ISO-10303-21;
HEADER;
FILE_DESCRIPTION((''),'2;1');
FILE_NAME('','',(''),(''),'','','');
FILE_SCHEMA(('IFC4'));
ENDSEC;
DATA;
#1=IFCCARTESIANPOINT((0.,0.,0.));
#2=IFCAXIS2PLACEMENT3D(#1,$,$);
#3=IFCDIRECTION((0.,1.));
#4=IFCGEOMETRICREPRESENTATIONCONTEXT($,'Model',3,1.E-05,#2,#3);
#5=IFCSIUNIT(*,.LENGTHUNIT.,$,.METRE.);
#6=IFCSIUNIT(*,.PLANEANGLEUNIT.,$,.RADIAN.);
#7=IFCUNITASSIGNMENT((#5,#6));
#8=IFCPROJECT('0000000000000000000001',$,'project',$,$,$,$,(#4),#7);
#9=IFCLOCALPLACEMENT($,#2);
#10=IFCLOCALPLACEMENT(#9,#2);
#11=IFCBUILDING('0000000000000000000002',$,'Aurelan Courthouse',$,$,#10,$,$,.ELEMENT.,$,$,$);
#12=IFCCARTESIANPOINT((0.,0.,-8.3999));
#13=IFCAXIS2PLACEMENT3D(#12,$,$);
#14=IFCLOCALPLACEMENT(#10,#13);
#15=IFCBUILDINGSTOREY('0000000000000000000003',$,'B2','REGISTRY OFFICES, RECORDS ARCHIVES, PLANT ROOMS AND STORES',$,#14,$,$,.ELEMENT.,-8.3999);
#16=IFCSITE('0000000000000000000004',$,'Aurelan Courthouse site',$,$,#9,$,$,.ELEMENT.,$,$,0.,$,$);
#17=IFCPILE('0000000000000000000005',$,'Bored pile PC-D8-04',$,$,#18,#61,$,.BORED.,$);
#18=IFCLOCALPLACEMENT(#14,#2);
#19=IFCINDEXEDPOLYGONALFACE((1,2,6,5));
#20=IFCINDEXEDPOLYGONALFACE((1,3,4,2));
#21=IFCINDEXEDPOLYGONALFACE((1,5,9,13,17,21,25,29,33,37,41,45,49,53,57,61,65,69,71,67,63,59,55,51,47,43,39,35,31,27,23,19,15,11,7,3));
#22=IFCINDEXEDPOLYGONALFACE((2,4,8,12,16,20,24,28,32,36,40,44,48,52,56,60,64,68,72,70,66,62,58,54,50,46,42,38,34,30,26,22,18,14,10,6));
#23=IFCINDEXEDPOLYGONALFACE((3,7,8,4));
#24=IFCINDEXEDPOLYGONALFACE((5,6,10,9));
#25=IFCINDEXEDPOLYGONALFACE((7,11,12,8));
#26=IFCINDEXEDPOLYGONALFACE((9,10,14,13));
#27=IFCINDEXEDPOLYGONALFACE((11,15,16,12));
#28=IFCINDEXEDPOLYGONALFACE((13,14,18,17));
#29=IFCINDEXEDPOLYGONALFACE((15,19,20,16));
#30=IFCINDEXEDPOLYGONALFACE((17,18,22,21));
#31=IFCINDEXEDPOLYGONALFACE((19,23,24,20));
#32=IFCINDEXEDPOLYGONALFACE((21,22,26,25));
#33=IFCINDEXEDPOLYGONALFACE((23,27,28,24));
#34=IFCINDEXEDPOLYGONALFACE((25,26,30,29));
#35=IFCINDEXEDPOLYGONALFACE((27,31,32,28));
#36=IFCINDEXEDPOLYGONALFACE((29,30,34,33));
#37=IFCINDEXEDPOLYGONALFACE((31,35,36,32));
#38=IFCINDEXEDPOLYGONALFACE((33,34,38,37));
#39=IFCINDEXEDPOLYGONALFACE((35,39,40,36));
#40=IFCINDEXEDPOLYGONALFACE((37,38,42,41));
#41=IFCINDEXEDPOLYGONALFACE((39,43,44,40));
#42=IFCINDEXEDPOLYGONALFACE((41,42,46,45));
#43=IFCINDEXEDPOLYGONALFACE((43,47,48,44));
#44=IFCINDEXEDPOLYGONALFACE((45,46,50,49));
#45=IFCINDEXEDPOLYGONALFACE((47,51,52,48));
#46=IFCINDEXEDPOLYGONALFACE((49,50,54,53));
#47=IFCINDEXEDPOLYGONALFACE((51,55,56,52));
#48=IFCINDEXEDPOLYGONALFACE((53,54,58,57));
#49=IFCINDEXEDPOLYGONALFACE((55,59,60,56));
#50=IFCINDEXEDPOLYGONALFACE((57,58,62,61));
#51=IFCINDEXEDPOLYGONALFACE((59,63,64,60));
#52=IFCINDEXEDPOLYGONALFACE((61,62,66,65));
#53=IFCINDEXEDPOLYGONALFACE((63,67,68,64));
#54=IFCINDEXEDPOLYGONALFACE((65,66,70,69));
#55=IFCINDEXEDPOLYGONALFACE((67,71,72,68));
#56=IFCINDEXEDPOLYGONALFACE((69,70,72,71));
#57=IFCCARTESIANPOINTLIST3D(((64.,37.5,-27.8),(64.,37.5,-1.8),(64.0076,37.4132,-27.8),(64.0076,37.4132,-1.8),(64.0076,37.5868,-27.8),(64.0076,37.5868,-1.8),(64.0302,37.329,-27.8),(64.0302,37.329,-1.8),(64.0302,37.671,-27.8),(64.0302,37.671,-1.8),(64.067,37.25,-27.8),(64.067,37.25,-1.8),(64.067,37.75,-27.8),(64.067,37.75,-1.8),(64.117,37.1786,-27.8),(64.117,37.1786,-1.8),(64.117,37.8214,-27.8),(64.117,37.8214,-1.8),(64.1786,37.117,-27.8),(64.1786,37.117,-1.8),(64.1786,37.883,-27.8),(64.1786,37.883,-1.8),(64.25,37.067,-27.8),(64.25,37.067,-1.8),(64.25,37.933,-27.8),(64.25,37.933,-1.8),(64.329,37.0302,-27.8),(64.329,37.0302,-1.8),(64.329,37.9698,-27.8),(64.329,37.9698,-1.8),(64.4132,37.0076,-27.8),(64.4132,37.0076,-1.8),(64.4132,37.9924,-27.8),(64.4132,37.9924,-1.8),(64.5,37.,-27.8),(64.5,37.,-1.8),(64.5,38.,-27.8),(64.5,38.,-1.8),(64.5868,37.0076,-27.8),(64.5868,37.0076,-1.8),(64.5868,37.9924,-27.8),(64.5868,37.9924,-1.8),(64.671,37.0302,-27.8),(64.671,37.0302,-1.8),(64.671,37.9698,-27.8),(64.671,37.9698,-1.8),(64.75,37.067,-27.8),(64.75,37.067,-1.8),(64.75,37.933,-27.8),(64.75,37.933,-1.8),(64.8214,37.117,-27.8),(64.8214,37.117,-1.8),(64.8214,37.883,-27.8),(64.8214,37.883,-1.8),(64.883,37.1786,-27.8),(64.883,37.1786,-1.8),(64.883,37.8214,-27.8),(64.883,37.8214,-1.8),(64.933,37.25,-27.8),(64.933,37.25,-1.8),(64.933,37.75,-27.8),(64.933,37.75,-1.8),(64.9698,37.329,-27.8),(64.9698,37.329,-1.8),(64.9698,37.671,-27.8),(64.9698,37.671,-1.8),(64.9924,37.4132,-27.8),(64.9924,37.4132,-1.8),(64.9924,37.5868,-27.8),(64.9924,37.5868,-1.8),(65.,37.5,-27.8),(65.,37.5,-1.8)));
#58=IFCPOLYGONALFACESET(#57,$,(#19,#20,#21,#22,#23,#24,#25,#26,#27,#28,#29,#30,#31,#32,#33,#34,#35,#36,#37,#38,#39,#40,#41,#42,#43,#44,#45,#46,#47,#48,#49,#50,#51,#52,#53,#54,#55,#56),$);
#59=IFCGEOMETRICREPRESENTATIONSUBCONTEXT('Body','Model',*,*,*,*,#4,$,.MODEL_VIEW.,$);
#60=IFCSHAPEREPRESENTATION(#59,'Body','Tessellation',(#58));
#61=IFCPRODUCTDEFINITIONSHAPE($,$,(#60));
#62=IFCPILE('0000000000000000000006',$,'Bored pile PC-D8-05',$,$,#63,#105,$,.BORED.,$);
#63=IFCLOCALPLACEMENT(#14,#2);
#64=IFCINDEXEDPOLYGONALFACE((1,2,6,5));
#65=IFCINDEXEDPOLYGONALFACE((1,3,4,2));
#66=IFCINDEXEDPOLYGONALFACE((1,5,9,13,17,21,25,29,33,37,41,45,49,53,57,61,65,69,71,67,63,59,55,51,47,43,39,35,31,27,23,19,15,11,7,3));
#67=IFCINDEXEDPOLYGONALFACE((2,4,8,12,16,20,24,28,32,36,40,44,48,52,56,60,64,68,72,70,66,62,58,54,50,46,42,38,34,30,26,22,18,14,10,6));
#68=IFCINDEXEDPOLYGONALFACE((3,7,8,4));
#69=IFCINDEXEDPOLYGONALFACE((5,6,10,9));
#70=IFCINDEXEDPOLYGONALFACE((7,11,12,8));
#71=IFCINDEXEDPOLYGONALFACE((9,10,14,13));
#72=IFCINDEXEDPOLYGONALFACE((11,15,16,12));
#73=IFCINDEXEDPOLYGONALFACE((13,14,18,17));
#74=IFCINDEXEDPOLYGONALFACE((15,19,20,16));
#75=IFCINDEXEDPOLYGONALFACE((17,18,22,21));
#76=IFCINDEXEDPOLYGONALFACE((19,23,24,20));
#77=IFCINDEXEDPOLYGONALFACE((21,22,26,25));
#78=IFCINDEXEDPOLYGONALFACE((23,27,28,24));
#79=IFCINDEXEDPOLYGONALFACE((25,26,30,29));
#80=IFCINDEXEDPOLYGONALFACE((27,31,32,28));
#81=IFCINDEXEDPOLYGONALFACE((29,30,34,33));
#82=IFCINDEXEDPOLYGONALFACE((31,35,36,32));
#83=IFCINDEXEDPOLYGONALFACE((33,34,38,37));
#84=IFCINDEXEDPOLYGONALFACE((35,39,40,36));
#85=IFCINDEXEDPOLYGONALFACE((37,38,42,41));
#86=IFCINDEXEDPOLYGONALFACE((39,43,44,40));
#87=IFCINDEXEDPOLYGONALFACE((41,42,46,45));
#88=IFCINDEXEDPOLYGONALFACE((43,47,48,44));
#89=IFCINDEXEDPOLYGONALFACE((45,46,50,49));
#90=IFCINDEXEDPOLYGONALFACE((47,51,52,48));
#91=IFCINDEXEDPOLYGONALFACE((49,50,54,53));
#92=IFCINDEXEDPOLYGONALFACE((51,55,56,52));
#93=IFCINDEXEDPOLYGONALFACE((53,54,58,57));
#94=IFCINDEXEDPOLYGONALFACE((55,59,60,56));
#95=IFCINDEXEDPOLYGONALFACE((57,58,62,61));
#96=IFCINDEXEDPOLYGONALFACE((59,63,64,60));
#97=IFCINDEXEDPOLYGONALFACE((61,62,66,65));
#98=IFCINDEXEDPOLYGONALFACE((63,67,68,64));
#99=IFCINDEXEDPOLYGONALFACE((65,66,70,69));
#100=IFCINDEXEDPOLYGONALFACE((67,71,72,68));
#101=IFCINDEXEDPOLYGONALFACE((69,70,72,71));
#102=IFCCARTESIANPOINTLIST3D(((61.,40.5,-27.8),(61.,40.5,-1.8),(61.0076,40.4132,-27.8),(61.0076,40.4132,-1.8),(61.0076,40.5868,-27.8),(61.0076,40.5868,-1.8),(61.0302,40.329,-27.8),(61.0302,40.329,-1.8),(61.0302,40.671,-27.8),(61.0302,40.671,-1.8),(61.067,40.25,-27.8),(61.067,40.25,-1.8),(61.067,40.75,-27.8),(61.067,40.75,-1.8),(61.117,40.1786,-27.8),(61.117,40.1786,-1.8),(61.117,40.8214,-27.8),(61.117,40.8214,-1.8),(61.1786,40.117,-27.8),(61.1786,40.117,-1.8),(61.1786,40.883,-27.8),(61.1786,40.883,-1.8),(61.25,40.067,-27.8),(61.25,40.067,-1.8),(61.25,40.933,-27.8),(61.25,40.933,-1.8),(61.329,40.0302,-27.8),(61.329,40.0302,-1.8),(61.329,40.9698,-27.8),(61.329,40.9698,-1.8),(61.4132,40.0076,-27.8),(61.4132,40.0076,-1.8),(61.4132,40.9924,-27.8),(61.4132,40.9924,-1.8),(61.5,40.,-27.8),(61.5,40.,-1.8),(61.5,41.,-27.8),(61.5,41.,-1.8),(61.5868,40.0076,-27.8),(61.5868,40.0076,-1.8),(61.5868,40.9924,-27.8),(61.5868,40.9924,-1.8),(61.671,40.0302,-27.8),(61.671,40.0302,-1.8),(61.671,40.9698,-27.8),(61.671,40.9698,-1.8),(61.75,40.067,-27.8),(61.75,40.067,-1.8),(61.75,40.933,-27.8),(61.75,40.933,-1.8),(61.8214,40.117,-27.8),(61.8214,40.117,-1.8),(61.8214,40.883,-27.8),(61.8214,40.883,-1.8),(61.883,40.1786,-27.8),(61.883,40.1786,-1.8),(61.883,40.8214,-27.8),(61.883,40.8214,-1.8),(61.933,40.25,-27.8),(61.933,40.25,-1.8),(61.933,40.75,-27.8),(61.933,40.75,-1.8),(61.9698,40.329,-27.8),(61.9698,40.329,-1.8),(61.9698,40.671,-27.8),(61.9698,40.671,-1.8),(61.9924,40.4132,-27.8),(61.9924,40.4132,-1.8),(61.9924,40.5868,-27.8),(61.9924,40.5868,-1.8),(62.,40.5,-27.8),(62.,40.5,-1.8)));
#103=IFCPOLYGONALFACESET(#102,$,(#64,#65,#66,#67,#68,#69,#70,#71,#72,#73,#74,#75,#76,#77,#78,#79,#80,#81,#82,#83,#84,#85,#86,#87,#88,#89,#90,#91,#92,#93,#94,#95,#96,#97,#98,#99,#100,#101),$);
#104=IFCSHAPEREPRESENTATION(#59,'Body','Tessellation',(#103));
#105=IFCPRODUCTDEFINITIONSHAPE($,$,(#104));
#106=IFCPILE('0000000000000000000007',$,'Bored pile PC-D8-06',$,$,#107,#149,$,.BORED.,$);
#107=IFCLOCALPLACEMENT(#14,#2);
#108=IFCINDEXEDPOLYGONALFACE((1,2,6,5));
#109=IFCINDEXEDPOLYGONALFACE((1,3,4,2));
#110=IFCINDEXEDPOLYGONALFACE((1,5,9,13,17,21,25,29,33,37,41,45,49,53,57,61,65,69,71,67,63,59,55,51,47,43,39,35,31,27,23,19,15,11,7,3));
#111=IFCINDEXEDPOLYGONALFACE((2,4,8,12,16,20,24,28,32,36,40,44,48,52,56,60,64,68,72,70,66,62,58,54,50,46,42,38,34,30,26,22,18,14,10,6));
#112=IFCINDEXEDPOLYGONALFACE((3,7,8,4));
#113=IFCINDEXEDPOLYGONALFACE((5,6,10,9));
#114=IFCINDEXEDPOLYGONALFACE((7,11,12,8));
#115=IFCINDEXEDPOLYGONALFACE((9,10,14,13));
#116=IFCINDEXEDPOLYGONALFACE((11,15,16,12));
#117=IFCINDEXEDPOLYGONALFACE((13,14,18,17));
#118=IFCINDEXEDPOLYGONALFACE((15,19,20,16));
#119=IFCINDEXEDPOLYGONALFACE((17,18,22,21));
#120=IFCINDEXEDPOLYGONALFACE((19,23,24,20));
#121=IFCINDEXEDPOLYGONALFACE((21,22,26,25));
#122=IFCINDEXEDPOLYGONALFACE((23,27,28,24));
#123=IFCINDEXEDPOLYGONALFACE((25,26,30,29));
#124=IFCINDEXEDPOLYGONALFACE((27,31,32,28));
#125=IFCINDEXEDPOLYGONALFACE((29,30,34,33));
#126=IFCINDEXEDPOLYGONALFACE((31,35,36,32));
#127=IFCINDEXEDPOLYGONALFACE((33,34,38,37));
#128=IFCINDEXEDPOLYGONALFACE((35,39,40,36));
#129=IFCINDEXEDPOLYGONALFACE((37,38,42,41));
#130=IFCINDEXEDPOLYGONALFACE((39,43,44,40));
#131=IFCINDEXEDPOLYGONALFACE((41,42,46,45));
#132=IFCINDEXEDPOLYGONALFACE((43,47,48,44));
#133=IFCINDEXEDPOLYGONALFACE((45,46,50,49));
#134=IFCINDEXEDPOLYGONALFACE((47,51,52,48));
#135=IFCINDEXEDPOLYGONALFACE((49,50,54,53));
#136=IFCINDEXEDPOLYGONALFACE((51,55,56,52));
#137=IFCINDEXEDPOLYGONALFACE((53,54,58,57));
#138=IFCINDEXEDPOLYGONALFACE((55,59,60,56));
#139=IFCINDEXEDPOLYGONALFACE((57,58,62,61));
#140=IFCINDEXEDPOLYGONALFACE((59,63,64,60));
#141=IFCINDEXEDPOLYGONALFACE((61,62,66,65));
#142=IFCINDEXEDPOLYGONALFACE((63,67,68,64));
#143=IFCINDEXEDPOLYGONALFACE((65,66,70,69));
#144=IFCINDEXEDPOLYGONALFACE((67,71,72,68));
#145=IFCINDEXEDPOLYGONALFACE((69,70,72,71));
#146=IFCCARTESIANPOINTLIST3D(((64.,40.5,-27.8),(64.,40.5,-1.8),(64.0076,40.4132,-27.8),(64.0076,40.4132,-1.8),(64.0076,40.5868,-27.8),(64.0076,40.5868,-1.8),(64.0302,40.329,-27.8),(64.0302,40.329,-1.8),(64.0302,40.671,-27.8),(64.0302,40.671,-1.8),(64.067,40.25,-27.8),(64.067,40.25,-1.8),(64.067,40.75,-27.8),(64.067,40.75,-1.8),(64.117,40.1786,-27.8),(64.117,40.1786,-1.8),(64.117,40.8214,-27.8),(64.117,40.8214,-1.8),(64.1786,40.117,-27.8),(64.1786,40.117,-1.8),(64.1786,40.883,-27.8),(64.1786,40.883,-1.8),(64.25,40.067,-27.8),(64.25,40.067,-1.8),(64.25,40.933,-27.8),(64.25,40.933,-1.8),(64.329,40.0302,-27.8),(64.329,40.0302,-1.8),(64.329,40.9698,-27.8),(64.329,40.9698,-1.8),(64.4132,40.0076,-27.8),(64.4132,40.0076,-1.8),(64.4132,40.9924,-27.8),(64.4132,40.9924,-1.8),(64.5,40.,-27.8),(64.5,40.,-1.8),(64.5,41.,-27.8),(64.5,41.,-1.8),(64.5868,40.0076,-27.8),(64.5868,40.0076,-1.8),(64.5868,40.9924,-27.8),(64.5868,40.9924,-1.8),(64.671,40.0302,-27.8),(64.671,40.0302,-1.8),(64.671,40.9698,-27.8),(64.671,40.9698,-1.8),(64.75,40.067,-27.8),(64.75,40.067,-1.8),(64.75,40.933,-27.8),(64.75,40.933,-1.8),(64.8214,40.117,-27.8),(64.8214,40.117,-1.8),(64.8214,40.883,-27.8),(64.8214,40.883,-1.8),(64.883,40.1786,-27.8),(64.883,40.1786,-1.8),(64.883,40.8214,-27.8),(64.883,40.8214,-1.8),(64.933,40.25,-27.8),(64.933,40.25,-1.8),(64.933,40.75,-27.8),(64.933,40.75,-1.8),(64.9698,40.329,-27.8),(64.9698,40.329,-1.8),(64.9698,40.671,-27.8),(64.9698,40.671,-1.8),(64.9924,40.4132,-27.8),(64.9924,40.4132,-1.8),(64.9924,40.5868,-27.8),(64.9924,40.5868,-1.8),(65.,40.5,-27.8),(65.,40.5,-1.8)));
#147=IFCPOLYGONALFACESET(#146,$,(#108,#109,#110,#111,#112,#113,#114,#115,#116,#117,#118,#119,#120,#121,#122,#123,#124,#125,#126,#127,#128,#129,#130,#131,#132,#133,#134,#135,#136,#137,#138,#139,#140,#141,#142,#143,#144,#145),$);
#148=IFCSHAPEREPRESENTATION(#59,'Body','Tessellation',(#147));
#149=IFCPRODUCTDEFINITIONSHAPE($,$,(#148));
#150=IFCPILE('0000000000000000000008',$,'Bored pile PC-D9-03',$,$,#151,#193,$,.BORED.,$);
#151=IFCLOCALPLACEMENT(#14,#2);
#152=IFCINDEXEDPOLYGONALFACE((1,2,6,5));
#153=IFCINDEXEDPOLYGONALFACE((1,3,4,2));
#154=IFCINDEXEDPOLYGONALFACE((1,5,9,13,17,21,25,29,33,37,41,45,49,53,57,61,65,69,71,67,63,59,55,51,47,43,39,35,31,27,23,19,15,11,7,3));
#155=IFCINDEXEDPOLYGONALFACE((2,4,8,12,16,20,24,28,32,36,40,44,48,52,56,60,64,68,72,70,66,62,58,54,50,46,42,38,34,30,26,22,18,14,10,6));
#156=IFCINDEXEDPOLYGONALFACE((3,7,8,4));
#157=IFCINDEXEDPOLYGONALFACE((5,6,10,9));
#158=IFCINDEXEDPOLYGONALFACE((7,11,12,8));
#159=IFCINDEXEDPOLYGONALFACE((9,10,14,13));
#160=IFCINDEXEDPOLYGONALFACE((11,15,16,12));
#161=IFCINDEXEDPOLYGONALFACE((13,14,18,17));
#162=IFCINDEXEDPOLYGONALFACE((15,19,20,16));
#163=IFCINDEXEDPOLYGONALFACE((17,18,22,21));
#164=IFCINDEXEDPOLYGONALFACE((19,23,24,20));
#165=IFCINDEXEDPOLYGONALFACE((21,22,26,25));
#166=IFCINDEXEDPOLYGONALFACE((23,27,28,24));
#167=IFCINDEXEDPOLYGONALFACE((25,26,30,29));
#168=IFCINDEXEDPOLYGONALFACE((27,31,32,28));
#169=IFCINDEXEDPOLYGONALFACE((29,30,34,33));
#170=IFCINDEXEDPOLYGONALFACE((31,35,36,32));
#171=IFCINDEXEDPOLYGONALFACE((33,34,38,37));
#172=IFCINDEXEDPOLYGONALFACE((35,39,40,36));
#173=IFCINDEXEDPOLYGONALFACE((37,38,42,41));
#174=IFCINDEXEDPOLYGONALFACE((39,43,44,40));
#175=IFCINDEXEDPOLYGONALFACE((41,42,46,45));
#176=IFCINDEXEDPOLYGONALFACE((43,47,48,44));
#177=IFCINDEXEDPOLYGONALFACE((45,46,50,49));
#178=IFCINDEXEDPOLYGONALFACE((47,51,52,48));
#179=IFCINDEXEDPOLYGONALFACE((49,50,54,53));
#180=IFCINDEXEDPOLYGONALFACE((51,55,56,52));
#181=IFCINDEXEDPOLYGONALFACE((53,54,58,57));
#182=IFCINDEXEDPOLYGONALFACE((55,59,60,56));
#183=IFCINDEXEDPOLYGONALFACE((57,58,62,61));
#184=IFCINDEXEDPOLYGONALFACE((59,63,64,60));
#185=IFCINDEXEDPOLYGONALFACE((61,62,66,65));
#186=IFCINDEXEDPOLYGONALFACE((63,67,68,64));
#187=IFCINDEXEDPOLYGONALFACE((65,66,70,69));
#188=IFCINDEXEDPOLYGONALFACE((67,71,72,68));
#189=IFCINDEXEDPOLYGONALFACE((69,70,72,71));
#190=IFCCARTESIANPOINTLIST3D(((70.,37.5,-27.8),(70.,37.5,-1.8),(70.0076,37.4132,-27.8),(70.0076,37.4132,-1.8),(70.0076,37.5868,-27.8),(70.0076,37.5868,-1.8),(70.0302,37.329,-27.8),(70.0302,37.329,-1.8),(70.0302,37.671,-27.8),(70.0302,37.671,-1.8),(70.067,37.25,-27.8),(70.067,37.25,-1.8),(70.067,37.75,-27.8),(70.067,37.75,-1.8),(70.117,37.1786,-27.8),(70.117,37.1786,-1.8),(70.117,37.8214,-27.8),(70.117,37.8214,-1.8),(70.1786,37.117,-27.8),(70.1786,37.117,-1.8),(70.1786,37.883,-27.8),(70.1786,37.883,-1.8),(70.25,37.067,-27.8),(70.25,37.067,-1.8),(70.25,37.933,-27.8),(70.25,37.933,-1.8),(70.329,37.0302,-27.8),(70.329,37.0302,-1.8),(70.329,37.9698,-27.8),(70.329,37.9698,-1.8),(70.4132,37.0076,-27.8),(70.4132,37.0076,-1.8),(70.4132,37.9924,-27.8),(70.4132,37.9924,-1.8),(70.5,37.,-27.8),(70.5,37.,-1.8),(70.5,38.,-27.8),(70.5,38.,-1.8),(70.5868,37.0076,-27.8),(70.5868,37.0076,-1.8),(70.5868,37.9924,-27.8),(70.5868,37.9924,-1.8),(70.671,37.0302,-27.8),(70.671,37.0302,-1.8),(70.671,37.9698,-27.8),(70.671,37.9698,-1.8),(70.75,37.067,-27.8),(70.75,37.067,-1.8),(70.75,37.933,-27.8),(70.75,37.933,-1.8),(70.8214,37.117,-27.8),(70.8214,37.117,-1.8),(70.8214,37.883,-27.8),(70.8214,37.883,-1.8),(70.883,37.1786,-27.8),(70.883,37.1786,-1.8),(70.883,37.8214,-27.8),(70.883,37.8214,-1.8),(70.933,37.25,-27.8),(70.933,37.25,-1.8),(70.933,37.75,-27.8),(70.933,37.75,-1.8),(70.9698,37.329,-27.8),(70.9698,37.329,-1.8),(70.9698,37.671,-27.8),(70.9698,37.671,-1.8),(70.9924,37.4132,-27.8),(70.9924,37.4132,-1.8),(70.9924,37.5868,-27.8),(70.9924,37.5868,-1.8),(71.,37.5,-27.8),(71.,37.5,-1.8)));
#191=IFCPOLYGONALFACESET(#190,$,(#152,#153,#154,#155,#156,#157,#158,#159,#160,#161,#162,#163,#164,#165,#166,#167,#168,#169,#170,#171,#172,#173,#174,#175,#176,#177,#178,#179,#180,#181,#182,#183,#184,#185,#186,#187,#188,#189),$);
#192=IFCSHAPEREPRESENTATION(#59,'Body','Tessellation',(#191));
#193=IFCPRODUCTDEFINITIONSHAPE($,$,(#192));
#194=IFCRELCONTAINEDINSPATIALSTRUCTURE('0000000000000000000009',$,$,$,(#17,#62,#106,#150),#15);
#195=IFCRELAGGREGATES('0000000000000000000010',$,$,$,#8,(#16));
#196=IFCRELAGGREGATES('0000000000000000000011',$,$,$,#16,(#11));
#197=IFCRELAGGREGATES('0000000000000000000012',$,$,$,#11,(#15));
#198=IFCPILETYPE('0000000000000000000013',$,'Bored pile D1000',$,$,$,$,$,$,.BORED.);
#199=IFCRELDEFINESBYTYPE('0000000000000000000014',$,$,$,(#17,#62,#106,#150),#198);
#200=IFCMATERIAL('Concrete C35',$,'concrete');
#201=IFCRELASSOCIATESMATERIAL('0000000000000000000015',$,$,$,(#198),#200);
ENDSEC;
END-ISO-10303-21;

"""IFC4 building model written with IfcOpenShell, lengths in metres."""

from ifc_helpers import new_model, si_unit, direction, frame, origin, origin_2d, place, context, subcontext, project, spatial, circle, extrude, material, material_profile, profile_set, type_object, element, save


model = new_model("IFC4")

# Units and contexts
model_context = context("Model", 3, precision=1e-05, world=origin(), true_north=direction((0.0, 1.0)))
body_context = subcontext(model_context, "Body", "Model", "MODEL_VIEW")
ifc_project = project(units=[si_unit("LENGTHUNIT", "METRE"), si_unit("PLANEANGLEUNIT", "RADIAN")], contexts=[model_context])

# Site, building, storey
site_placement = place(None, origin())
site = spatial("IfcSite", under=ifc_project, at=site_placement, Name="Aurelan Courthouse site", CompositionType="ELEMENT", RefElevation=0.0)
building_placement = place(site_placement, origin())
building = spatial("IfcBuilding", under=site, at=building_placement, Name="Aurelan Courthouse", CompositionType="ELEMENT")
storey_placement = place(building_placement, frame((0.0, 0.0, -8.3999)))
storey = spatial("IfcBuildingStorey", under=building, at=storey_placement, Name="B2", Description="REGISTRY OFFICES, RECORDS ARCHIVES, PLANT ROOMS AND STORES", CompositionType="ELEMENT", Elevation=-8.3999)

# Piles
ifc_material_1 = material(Name="Concrete C35", Category="concrete")
ifc_material_profile_1 = material_profile(ifc_material_1, circle(Radius=0.5, at=origin_2d()), Name="D1000")
ifc_profile_set_1 = profile_set([ifc_material_profile_1], Name="Concrete C35")
pile_type = type_object("IfcPileType", Name="Bored pile D1000", PredefinedType="BORED", material=ifc_profile_set_1)
for number, where, z_axis, x_axis, name in (
    (1, (64.5, 37.5, -1.8), (0.0, 0.0, -1.0), (1.0, 0.0, 0.0), "Bored pile PC-D8-04"),
    (2, (61.5, 40.5, -1.8), (0.0, 0.0, -1.0), (1.0, 0.0, 0.0), "Bored pile PC-D8-05"),
    (3, (64.5, 40.5, -1.8), (0.0, 0.0, -1.0), (1.0, 0.0, 0.0), "Bored pile PC-D8-06"),
    (4, (70.5, 37.5, -1.8), (0.0, 0.0, -1.0), (1.0, 0.0, 0.0), "Bored pile PC-D9-03"),
):
    element("IfcPile", number, at=place(storey_placement, frame(where, z_axis=z_axis, x_axis=x_axis)), inside=storey, type_object=pile_type, Name=name, PredefinedType="BORED", context=body_context, shape_type="SweptSolid", body=[
        extrude(circle(Radius=0.5, at=origin_2d()), origin(), (0.0, 0.0, 1.0), 26.0),
    ])

save(model, "model.ifc")
